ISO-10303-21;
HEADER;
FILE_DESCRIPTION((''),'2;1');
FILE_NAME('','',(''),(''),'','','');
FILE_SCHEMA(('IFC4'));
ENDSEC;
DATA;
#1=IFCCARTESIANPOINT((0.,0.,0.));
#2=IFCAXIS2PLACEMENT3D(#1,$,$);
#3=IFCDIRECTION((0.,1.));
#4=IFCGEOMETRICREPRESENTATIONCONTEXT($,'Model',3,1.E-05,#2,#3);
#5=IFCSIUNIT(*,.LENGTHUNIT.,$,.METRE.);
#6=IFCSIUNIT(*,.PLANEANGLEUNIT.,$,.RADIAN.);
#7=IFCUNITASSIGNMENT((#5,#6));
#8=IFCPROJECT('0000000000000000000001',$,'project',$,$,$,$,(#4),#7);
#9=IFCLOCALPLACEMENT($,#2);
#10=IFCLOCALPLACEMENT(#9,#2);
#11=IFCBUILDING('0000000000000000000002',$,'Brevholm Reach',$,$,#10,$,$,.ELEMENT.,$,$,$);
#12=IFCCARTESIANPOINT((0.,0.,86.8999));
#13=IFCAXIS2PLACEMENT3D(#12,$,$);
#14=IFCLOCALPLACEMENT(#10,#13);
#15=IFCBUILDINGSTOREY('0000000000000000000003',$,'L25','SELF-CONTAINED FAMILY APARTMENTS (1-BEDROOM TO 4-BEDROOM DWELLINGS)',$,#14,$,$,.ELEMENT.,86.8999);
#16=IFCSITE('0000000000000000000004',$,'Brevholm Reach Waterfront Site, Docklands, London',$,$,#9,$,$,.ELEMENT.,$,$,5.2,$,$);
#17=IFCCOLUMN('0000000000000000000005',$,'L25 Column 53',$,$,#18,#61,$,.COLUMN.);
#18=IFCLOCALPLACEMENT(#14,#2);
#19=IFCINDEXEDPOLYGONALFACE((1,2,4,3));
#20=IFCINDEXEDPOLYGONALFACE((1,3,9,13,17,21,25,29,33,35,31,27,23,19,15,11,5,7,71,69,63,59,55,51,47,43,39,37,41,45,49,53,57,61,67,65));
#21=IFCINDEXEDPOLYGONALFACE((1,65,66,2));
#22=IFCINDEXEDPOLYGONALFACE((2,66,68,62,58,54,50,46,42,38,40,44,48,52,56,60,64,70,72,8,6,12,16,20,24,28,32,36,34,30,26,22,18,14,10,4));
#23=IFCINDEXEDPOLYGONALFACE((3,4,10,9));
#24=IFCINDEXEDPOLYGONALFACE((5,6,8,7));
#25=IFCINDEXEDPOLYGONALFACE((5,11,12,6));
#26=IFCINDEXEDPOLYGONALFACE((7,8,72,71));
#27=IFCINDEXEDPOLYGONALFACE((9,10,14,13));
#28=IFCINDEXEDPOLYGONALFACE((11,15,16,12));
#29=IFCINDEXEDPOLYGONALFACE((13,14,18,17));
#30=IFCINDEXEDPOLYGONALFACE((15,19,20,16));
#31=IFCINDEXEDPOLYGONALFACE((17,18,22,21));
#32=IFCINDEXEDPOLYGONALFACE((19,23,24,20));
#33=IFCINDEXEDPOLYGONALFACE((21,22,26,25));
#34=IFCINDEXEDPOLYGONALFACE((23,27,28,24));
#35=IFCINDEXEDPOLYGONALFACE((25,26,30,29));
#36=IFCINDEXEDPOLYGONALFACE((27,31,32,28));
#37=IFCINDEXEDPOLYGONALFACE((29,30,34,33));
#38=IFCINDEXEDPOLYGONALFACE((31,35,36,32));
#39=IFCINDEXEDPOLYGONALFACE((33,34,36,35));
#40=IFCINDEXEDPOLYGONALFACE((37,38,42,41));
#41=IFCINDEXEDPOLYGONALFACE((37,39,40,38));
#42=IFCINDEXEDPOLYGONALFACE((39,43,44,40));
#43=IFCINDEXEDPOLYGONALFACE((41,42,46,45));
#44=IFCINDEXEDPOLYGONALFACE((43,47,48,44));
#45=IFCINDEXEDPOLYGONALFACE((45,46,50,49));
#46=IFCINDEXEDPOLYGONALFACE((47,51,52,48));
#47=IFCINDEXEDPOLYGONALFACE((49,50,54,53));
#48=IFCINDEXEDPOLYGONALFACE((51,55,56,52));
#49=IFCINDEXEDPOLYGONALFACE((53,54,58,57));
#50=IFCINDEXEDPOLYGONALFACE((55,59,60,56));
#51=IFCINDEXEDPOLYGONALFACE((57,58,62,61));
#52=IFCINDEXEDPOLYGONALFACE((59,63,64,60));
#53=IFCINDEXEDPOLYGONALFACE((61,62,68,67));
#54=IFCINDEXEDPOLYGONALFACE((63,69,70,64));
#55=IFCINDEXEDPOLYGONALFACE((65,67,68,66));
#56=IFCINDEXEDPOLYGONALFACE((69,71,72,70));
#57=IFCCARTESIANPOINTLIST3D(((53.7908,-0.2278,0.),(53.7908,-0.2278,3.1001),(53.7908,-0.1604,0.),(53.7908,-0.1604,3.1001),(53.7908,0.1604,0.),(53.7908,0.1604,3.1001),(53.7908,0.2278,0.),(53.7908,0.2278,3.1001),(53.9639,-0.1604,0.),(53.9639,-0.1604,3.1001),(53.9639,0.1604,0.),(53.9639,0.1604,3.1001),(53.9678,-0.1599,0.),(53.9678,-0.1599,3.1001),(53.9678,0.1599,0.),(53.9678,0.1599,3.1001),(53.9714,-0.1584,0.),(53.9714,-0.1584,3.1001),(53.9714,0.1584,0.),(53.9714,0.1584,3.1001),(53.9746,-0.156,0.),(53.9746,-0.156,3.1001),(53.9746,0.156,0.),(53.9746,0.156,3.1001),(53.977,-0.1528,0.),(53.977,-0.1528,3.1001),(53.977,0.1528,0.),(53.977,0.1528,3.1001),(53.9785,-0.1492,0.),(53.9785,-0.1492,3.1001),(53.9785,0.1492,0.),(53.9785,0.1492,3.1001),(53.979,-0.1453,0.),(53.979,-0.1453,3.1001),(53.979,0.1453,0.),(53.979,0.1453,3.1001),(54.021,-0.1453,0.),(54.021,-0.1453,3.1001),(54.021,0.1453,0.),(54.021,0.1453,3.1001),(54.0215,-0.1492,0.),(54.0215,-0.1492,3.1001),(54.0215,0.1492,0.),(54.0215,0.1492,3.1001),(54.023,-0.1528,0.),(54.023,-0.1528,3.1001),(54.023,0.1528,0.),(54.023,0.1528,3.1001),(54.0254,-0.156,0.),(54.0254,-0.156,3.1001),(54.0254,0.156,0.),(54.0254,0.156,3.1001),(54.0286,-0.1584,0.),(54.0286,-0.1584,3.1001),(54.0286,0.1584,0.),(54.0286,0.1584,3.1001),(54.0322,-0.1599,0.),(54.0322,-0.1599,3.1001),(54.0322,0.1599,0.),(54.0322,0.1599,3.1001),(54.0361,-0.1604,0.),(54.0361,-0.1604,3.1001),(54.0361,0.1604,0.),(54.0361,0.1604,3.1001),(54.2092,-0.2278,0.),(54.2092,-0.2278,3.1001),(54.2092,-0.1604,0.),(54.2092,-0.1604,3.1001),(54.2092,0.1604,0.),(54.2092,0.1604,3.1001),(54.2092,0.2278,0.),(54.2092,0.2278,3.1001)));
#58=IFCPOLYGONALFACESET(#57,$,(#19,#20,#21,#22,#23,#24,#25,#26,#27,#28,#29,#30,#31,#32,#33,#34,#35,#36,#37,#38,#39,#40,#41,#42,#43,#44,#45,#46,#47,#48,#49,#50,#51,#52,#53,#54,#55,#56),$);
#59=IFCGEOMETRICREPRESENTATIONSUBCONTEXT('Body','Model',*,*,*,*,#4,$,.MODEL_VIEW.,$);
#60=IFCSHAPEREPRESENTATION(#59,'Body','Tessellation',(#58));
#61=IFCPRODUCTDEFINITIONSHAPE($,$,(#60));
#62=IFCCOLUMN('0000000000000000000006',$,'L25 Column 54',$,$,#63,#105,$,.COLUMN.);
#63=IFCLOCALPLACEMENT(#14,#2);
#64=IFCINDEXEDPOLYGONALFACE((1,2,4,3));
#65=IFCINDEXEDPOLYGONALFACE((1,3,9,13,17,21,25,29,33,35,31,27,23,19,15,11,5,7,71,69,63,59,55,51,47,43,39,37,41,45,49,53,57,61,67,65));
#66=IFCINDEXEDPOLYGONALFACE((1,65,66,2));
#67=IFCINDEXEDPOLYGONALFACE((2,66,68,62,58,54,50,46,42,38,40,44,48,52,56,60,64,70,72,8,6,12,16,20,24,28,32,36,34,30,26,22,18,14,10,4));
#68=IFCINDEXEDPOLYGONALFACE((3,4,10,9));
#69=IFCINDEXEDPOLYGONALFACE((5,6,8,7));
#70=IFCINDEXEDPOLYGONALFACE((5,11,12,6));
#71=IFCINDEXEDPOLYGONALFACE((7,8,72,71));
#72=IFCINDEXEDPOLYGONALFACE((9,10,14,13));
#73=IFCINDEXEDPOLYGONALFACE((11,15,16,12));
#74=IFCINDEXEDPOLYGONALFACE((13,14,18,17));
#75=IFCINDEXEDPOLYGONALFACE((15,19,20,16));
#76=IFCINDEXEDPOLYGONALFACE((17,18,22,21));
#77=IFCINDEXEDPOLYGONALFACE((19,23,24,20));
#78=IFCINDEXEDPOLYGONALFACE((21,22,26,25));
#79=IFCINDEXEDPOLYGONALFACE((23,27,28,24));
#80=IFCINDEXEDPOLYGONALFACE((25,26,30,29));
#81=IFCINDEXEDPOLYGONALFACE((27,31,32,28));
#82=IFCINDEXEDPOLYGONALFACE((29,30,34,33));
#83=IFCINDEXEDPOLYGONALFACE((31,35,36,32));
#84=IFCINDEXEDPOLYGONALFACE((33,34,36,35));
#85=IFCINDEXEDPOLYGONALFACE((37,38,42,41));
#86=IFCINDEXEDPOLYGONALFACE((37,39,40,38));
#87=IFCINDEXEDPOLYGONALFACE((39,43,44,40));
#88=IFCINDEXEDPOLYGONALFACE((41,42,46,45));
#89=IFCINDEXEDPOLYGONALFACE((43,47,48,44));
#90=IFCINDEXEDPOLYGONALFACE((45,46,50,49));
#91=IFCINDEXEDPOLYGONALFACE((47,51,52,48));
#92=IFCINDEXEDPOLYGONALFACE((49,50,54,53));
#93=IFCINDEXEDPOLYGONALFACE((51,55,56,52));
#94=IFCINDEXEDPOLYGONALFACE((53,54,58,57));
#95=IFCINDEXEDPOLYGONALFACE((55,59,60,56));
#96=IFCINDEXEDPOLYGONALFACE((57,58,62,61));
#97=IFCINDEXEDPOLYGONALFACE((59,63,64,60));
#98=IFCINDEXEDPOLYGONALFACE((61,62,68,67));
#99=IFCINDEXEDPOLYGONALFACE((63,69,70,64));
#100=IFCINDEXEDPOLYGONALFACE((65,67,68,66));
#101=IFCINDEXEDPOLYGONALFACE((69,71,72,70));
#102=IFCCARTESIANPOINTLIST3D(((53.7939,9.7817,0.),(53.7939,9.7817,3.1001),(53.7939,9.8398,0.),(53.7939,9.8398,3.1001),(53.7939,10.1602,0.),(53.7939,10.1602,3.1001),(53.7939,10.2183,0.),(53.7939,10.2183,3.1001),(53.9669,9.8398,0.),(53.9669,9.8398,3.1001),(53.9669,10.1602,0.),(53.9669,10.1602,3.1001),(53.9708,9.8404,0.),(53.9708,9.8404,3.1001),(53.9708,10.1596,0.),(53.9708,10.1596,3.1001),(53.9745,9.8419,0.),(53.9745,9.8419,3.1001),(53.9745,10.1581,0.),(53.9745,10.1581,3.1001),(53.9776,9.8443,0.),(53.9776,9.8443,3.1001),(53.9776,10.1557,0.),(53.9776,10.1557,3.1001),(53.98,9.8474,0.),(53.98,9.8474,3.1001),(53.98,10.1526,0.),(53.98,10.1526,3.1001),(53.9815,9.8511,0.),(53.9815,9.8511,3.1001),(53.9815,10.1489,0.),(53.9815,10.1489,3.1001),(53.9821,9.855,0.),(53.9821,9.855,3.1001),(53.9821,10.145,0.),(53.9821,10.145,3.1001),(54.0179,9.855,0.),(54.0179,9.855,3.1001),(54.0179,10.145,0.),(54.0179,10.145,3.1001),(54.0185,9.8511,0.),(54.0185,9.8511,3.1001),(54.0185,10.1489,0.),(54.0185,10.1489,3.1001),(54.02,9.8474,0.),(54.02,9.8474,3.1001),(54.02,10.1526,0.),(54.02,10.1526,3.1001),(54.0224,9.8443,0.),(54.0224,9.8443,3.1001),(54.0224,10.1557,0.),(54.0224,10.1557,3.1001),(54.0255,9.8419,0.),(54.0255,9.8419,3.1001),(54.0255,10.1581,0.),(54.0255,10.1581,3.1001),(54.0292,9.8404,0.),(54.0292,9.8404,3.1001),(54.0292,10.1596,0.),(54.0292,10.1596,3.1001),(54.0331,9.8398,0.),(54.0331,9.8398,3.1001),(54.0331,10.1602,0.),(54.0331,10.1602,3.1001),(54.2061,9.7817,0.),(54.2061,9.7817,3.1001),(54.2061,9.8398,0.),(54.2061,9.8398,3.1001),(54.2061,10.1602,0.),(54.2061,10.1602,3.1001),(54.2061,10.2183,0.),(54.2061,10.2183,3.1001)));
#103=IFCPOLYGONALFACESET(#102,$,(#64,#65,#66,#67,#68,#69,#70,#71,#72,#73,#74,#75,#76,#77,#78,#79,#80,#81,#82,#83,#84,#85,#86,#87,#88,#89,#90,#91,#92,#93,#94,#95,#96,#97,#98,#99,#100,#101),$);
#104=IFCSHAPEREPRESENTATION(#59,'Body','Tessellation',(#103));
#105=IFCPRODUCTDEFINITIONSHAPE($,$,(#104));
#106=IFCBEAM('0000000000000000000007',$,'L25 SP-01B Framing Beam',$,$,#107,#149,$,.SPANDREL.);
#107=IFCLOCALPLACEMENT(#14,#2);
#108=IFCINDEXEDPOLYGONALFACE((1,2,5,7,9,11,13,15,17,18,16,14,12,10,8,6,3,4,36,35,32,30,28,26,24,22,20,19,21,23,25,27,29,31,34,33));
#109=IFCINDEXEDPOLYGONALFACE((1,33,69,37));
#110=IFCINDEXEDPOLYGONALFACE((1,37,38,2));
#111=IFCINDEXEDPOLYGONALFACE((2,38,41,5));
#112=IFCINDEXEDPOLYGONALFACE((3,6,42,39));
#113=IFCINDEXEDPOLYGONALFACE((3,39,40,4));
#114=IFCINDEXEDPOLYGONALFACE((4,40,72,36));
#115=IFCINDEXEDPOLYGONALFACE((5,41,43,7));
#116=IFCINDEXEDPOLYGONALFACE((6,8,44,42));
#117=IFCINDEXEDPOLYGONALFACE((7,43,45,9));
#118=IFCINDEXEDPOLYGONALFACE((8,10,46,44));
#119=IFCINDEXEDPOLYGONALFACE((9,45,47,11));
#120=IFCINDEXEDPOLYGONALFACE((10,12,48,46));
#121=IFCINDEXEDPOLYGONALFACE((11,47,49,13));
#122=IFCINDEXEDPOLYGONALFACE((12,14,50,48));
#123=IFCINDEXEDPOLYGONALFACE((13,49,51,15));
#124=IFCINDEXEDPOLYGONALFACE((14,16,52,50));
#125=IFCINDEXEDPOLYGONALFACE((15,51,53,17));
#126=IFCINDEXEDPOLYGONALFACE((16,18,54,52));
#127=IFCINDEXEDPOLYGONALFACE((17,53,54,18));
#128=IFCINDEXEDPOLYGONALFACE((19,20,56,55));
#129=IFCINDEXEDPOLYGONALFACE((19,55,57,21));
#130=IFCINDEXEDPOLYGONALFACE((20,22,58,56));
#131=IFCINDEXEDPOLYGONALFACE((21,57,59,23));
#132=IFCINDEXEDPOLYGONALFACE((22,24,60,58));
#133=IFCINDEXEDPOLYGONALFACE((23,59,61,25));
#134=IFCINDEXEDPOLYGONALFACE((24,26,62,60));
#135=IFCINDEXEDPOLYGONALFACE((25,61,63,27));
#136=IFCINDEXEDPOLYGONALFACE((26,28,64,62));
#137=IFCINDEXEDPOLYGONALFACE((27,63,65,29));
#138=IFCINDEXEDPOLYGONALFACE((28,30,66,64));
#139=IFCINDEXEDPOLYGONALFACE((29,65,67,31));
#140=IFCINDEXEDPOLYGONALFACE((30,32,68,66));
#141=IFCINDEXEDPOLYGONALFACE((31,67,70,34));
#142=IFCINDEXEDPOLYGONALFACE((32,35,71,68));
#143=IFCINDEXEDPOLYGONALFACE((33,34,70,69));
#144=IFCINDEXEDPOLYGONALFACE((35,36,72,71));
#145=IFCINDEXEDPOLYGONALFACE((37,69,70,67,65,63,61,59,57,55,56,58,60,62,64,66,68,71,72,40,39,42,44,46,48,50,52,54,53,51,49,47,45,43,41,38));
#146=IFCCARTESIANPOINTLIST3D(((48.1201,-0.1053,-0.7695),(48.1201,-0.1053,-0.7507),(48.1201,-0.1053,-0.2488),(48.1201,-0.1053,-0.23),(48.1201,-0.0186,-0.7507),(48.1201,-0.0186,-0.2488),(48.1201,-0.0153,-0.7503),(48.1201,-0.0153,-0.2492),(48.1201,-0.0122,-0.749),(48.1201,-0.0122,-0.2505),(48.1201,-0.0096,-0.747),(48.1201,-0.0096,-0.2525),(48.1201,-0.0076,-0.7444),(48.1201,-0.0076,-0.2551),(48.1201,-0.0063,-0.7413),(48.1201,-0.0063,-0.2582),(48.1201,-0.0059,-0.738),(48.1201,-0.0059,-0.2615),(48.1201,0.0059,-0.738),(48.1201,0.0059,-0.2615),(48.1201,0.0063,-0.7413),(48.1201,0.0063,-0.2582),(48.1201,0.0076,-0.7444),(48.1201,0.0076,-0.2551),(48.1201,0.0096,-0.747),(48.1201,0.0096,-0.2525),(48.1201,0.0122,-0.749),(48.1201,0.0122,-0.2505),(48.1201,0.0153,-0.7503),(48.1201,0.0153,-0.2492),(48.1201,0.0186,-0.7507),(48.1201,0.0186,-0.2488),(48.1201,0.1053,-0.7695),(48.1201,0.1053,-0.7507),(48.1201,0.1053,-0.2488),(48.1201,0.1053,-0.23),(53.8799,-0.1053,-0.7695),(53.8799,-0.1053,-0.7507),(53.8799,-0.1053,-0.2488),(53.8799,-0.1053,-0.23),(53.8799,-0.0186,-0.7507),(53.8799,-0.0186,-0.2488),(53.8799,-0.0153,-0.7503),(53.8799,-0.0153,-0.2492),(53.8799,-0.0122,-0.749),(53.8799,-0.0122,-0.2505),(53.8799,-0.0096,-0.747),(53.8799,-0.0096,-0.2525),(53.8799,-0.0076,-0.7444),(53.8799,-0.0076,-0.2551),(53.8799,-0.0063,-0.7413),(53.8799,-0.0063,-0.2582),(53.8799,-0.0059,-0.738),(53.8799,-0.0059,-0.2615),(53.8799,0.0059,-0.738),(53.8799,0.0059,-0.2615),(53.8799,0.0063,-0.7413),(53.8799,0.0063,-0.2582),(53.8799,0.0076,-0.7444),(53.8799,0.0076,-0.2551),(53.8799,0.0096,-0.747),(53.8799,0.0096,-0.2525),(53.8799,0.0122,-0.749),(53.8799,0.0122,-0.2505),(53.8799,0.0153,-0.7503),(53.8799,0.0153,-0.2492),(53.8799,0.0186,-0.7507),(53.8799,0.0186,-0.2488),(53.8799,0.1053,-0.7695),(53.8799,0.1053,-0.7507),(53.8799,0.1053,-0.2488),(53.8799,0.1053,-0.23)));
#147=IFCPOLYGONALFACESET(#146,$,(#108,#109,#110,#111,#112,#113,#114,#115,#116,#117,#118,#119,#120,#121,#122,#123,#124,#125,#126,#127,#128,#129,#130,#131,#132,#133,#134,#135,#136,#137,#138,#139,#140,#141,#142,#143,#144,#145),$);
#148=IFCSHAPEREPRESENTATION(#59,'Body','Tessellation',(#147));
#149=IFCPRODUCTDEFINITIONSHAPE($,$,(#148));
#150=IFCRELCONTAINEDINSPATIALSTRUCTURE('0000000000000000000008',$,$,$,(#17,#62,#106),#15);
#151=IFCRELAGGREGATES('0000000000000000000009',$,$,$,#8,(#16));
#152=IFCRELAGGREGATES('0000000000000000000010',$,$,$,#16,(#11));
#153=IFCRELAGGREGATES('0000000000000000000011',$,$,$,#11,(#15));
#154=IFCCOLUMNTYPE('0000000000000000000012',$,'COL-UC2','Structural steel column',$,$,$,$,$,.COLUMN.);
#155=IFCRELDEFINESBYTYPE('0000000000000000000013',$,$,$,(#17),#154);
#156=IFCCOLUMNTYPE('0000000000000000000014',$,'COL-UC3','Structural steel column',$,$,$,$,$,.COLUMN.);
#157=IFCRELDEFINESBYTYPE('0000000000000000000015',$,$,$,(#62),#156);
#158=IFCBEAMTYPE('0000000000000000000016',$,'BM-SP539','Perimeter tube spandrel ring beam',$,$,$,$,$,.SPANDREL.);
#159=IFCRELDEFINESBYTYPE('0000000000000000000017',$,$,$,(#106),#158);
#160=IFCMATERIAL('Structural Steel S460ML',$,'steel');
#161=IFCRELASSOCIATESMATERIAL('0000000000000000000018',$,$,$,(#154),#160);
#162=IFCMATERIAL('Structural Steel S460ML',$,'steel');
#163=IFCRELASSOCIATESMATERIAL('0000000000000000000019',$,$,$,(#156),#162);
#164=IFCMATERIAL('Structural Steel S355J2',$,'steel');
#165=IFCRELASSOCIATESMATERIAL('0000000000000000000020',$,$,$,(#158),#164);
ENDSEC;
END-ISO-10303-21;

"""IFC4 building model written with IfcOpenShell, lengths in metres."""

from ifc_helpers import new_model, si_unit, direction, frame, origin, origin_2d, place, context, subcontext, project, spatial, i_section, extrude, material, material_profile, profile_set, type_object, element, save


model = new_model("IFC4")

# Units and contexts
model_context = context("Model", 3, precision=1e-05, world=origin(), true_north=direction((0.0, 1.0)))
body_context = subcontext(model_context, "Body", "Model", "MODEL_VIEW")
ifc_project = project(units=[si_unit("LENGTHUNIT", "METRE"), si_unit("PLANEANGLEUNIT", "RADIAN")], contexts=[model_context])

# Site, building, storey
site_placement = place(None, origin())
site = spatial("IfcSite", under=ifc_project, at=site_placement, Name="Brevholm Reach Waterfront Site, Docklands, London", CompositionType="ELEMENT", RefElevation=5.2)
building_placement = place(site_placement, origin())
building = spatial("IfcBuilding", under=site, at=building_placement, Name="Brevholm Reach", CompositionType="ELEMENT")
storey_placement = place(building_placement, frame((0.0, 0.0, 86.8999)))
storey = spatial("IfcBuildingStorey", under=building, at=storey_placement, Name="L25", Description="SELF-CONTAINED FAMILY APARTMENTS (1-BEDROOM TO 4-BEDROOM DWELLINGS)", CompositionType="ELEMENT", Elevation=86.8999)

# Columns
ifc_material_1 = material(Name="Structural Steel S460ML", Category="steel")
ifc_material_profile_1 = material_profile(ifc_material_1, i_section(OverallWidth=0.4185, OverallDepth=0.4556, WebThickness=0.042, FlangeThickness=0.0674, FilletRadius=0.0151, at=origin_2d()), Name="UKC 356x406x551")
ifc_profile_set_1 = profile_set([ifc_material_profile_1], Name="Structural Steel S460ML")
column_type_1 = type_object("IfcColumnType", Name="COL-UC2", Description="Structural steel column", PredefinedType="COLUMN", material=ifc_profile_set_1)
column_1_placement = place(storey_placement, frame((54.0, 0.0, 0.0), z_axis=(0.0, 0.0, 1.0), x_axis=(1.0, 0.0, 0.0)))
element("IfcColumn", 1, at=column_1_placement, inside=storey, type_object=column_type_1, Name="L25 Column 53", PredefinedType="COLUMN", context=body_context, shape_type="SweptSolid", body=[
    extrude(i_section(OverallWidth=0.4185, OverallDepth=0.4556, WebThickness=0.042, FlangeThickness=0.0674, FilletRadius=0.0151, at=origin_2d()), origin(), (0.0, 0.0, 1.0), 3.1001),
])
ifc_material_2 = material(Name="Structural Steel S460ML", Category="steel")
ifc_material_profile_2 = material_profile(ifc_material_2, i_section(OverallWidth=0.4121, OverallDepth=0.4365, WebThickness=0.0359, FlangeThickness=0.0581, FilletRadius=0.0151, at=origin_2d()), Name="UKC 356x406x467")
ifc_profile_set_2 = profile_set([ifc_material_profile_2], Name="Structural Steel S460ML")
column_type_2 = type_object("IfcColumnType", Name="COL-UC3", Description="Structural steel column", PredefinedType="COLUMN", material=ifc_profile_set_2)
column_2_placement = place(storey_placement, frame((54.0, 10.0, 0.0), z_axis=(0.0, 0.0, 1.0), x_axis=(1.0, 0.0, 0.0)))
element("IfcColumn", 2, at=column_2_placement, inside=storey, type_object=column_type_2, Name="L25 Column 54", PredefinedType="COLUMN", context=body_context, shape_type="SweptSolid", body=[
    extrude(i_section(OverallWidth=0.4121, OverallDepth=0.4365, WebThickness=0.0359, FlangeThickness=0.0581, FilletRadius=0.0151, at=origin_2d()), origin(), (0.0, 0.0, 1.0), 3.1001),
])

# Beam
ifc_material_3 = material(Name="Structural Steel S355J2", Category="steel")
ifc_material_profile_3 = material_profile(ifc_material_3, i_section(OverallWidth=0.2107, OverallDepth=0.5396, WebThickness=0.0117, FlangeThickness=0.0188, FilletRadius=0.0127, at=origin_2d()), Name="UKB 533x210x109")
ifc_profile_set_3 = profile_set([ifc_material_profile_3], Name="Structural Steel S355J2")
beam_type_1 = type_object("IfcBeamType", Name="BM-SP539", Description="Perimeter tube spandrel ring beam", PredefinedType="SPANDREL", material=ifc_profile_set_3)
beam_1_placement = place(storey_placement, frame((48.1201, 0.0, -0.4998), z_axis=(1.0, 0.0, 0.0), x_axis=(0.0, 1.0, 0.0)))
element("IfcBeam", 3, at=beam_1_placement, inside=storey, type_object=beam_type_1, Name="L25 SP-01B Framing Beam", PredefinedType="SPANDREL", context=body_context, shape_type="SweptSolid", body=[
    extrude(i_section(OverallWidth=0.2107, OverallDepth=0.5396, WebThickness=0.0117, FlangeThickness=0.0188, FilletRadius=0.0127, at=origin_2d()), origin(), (0.0, 0.0, 1.0), 5.7598),
])

save(model, "model.ifc")
